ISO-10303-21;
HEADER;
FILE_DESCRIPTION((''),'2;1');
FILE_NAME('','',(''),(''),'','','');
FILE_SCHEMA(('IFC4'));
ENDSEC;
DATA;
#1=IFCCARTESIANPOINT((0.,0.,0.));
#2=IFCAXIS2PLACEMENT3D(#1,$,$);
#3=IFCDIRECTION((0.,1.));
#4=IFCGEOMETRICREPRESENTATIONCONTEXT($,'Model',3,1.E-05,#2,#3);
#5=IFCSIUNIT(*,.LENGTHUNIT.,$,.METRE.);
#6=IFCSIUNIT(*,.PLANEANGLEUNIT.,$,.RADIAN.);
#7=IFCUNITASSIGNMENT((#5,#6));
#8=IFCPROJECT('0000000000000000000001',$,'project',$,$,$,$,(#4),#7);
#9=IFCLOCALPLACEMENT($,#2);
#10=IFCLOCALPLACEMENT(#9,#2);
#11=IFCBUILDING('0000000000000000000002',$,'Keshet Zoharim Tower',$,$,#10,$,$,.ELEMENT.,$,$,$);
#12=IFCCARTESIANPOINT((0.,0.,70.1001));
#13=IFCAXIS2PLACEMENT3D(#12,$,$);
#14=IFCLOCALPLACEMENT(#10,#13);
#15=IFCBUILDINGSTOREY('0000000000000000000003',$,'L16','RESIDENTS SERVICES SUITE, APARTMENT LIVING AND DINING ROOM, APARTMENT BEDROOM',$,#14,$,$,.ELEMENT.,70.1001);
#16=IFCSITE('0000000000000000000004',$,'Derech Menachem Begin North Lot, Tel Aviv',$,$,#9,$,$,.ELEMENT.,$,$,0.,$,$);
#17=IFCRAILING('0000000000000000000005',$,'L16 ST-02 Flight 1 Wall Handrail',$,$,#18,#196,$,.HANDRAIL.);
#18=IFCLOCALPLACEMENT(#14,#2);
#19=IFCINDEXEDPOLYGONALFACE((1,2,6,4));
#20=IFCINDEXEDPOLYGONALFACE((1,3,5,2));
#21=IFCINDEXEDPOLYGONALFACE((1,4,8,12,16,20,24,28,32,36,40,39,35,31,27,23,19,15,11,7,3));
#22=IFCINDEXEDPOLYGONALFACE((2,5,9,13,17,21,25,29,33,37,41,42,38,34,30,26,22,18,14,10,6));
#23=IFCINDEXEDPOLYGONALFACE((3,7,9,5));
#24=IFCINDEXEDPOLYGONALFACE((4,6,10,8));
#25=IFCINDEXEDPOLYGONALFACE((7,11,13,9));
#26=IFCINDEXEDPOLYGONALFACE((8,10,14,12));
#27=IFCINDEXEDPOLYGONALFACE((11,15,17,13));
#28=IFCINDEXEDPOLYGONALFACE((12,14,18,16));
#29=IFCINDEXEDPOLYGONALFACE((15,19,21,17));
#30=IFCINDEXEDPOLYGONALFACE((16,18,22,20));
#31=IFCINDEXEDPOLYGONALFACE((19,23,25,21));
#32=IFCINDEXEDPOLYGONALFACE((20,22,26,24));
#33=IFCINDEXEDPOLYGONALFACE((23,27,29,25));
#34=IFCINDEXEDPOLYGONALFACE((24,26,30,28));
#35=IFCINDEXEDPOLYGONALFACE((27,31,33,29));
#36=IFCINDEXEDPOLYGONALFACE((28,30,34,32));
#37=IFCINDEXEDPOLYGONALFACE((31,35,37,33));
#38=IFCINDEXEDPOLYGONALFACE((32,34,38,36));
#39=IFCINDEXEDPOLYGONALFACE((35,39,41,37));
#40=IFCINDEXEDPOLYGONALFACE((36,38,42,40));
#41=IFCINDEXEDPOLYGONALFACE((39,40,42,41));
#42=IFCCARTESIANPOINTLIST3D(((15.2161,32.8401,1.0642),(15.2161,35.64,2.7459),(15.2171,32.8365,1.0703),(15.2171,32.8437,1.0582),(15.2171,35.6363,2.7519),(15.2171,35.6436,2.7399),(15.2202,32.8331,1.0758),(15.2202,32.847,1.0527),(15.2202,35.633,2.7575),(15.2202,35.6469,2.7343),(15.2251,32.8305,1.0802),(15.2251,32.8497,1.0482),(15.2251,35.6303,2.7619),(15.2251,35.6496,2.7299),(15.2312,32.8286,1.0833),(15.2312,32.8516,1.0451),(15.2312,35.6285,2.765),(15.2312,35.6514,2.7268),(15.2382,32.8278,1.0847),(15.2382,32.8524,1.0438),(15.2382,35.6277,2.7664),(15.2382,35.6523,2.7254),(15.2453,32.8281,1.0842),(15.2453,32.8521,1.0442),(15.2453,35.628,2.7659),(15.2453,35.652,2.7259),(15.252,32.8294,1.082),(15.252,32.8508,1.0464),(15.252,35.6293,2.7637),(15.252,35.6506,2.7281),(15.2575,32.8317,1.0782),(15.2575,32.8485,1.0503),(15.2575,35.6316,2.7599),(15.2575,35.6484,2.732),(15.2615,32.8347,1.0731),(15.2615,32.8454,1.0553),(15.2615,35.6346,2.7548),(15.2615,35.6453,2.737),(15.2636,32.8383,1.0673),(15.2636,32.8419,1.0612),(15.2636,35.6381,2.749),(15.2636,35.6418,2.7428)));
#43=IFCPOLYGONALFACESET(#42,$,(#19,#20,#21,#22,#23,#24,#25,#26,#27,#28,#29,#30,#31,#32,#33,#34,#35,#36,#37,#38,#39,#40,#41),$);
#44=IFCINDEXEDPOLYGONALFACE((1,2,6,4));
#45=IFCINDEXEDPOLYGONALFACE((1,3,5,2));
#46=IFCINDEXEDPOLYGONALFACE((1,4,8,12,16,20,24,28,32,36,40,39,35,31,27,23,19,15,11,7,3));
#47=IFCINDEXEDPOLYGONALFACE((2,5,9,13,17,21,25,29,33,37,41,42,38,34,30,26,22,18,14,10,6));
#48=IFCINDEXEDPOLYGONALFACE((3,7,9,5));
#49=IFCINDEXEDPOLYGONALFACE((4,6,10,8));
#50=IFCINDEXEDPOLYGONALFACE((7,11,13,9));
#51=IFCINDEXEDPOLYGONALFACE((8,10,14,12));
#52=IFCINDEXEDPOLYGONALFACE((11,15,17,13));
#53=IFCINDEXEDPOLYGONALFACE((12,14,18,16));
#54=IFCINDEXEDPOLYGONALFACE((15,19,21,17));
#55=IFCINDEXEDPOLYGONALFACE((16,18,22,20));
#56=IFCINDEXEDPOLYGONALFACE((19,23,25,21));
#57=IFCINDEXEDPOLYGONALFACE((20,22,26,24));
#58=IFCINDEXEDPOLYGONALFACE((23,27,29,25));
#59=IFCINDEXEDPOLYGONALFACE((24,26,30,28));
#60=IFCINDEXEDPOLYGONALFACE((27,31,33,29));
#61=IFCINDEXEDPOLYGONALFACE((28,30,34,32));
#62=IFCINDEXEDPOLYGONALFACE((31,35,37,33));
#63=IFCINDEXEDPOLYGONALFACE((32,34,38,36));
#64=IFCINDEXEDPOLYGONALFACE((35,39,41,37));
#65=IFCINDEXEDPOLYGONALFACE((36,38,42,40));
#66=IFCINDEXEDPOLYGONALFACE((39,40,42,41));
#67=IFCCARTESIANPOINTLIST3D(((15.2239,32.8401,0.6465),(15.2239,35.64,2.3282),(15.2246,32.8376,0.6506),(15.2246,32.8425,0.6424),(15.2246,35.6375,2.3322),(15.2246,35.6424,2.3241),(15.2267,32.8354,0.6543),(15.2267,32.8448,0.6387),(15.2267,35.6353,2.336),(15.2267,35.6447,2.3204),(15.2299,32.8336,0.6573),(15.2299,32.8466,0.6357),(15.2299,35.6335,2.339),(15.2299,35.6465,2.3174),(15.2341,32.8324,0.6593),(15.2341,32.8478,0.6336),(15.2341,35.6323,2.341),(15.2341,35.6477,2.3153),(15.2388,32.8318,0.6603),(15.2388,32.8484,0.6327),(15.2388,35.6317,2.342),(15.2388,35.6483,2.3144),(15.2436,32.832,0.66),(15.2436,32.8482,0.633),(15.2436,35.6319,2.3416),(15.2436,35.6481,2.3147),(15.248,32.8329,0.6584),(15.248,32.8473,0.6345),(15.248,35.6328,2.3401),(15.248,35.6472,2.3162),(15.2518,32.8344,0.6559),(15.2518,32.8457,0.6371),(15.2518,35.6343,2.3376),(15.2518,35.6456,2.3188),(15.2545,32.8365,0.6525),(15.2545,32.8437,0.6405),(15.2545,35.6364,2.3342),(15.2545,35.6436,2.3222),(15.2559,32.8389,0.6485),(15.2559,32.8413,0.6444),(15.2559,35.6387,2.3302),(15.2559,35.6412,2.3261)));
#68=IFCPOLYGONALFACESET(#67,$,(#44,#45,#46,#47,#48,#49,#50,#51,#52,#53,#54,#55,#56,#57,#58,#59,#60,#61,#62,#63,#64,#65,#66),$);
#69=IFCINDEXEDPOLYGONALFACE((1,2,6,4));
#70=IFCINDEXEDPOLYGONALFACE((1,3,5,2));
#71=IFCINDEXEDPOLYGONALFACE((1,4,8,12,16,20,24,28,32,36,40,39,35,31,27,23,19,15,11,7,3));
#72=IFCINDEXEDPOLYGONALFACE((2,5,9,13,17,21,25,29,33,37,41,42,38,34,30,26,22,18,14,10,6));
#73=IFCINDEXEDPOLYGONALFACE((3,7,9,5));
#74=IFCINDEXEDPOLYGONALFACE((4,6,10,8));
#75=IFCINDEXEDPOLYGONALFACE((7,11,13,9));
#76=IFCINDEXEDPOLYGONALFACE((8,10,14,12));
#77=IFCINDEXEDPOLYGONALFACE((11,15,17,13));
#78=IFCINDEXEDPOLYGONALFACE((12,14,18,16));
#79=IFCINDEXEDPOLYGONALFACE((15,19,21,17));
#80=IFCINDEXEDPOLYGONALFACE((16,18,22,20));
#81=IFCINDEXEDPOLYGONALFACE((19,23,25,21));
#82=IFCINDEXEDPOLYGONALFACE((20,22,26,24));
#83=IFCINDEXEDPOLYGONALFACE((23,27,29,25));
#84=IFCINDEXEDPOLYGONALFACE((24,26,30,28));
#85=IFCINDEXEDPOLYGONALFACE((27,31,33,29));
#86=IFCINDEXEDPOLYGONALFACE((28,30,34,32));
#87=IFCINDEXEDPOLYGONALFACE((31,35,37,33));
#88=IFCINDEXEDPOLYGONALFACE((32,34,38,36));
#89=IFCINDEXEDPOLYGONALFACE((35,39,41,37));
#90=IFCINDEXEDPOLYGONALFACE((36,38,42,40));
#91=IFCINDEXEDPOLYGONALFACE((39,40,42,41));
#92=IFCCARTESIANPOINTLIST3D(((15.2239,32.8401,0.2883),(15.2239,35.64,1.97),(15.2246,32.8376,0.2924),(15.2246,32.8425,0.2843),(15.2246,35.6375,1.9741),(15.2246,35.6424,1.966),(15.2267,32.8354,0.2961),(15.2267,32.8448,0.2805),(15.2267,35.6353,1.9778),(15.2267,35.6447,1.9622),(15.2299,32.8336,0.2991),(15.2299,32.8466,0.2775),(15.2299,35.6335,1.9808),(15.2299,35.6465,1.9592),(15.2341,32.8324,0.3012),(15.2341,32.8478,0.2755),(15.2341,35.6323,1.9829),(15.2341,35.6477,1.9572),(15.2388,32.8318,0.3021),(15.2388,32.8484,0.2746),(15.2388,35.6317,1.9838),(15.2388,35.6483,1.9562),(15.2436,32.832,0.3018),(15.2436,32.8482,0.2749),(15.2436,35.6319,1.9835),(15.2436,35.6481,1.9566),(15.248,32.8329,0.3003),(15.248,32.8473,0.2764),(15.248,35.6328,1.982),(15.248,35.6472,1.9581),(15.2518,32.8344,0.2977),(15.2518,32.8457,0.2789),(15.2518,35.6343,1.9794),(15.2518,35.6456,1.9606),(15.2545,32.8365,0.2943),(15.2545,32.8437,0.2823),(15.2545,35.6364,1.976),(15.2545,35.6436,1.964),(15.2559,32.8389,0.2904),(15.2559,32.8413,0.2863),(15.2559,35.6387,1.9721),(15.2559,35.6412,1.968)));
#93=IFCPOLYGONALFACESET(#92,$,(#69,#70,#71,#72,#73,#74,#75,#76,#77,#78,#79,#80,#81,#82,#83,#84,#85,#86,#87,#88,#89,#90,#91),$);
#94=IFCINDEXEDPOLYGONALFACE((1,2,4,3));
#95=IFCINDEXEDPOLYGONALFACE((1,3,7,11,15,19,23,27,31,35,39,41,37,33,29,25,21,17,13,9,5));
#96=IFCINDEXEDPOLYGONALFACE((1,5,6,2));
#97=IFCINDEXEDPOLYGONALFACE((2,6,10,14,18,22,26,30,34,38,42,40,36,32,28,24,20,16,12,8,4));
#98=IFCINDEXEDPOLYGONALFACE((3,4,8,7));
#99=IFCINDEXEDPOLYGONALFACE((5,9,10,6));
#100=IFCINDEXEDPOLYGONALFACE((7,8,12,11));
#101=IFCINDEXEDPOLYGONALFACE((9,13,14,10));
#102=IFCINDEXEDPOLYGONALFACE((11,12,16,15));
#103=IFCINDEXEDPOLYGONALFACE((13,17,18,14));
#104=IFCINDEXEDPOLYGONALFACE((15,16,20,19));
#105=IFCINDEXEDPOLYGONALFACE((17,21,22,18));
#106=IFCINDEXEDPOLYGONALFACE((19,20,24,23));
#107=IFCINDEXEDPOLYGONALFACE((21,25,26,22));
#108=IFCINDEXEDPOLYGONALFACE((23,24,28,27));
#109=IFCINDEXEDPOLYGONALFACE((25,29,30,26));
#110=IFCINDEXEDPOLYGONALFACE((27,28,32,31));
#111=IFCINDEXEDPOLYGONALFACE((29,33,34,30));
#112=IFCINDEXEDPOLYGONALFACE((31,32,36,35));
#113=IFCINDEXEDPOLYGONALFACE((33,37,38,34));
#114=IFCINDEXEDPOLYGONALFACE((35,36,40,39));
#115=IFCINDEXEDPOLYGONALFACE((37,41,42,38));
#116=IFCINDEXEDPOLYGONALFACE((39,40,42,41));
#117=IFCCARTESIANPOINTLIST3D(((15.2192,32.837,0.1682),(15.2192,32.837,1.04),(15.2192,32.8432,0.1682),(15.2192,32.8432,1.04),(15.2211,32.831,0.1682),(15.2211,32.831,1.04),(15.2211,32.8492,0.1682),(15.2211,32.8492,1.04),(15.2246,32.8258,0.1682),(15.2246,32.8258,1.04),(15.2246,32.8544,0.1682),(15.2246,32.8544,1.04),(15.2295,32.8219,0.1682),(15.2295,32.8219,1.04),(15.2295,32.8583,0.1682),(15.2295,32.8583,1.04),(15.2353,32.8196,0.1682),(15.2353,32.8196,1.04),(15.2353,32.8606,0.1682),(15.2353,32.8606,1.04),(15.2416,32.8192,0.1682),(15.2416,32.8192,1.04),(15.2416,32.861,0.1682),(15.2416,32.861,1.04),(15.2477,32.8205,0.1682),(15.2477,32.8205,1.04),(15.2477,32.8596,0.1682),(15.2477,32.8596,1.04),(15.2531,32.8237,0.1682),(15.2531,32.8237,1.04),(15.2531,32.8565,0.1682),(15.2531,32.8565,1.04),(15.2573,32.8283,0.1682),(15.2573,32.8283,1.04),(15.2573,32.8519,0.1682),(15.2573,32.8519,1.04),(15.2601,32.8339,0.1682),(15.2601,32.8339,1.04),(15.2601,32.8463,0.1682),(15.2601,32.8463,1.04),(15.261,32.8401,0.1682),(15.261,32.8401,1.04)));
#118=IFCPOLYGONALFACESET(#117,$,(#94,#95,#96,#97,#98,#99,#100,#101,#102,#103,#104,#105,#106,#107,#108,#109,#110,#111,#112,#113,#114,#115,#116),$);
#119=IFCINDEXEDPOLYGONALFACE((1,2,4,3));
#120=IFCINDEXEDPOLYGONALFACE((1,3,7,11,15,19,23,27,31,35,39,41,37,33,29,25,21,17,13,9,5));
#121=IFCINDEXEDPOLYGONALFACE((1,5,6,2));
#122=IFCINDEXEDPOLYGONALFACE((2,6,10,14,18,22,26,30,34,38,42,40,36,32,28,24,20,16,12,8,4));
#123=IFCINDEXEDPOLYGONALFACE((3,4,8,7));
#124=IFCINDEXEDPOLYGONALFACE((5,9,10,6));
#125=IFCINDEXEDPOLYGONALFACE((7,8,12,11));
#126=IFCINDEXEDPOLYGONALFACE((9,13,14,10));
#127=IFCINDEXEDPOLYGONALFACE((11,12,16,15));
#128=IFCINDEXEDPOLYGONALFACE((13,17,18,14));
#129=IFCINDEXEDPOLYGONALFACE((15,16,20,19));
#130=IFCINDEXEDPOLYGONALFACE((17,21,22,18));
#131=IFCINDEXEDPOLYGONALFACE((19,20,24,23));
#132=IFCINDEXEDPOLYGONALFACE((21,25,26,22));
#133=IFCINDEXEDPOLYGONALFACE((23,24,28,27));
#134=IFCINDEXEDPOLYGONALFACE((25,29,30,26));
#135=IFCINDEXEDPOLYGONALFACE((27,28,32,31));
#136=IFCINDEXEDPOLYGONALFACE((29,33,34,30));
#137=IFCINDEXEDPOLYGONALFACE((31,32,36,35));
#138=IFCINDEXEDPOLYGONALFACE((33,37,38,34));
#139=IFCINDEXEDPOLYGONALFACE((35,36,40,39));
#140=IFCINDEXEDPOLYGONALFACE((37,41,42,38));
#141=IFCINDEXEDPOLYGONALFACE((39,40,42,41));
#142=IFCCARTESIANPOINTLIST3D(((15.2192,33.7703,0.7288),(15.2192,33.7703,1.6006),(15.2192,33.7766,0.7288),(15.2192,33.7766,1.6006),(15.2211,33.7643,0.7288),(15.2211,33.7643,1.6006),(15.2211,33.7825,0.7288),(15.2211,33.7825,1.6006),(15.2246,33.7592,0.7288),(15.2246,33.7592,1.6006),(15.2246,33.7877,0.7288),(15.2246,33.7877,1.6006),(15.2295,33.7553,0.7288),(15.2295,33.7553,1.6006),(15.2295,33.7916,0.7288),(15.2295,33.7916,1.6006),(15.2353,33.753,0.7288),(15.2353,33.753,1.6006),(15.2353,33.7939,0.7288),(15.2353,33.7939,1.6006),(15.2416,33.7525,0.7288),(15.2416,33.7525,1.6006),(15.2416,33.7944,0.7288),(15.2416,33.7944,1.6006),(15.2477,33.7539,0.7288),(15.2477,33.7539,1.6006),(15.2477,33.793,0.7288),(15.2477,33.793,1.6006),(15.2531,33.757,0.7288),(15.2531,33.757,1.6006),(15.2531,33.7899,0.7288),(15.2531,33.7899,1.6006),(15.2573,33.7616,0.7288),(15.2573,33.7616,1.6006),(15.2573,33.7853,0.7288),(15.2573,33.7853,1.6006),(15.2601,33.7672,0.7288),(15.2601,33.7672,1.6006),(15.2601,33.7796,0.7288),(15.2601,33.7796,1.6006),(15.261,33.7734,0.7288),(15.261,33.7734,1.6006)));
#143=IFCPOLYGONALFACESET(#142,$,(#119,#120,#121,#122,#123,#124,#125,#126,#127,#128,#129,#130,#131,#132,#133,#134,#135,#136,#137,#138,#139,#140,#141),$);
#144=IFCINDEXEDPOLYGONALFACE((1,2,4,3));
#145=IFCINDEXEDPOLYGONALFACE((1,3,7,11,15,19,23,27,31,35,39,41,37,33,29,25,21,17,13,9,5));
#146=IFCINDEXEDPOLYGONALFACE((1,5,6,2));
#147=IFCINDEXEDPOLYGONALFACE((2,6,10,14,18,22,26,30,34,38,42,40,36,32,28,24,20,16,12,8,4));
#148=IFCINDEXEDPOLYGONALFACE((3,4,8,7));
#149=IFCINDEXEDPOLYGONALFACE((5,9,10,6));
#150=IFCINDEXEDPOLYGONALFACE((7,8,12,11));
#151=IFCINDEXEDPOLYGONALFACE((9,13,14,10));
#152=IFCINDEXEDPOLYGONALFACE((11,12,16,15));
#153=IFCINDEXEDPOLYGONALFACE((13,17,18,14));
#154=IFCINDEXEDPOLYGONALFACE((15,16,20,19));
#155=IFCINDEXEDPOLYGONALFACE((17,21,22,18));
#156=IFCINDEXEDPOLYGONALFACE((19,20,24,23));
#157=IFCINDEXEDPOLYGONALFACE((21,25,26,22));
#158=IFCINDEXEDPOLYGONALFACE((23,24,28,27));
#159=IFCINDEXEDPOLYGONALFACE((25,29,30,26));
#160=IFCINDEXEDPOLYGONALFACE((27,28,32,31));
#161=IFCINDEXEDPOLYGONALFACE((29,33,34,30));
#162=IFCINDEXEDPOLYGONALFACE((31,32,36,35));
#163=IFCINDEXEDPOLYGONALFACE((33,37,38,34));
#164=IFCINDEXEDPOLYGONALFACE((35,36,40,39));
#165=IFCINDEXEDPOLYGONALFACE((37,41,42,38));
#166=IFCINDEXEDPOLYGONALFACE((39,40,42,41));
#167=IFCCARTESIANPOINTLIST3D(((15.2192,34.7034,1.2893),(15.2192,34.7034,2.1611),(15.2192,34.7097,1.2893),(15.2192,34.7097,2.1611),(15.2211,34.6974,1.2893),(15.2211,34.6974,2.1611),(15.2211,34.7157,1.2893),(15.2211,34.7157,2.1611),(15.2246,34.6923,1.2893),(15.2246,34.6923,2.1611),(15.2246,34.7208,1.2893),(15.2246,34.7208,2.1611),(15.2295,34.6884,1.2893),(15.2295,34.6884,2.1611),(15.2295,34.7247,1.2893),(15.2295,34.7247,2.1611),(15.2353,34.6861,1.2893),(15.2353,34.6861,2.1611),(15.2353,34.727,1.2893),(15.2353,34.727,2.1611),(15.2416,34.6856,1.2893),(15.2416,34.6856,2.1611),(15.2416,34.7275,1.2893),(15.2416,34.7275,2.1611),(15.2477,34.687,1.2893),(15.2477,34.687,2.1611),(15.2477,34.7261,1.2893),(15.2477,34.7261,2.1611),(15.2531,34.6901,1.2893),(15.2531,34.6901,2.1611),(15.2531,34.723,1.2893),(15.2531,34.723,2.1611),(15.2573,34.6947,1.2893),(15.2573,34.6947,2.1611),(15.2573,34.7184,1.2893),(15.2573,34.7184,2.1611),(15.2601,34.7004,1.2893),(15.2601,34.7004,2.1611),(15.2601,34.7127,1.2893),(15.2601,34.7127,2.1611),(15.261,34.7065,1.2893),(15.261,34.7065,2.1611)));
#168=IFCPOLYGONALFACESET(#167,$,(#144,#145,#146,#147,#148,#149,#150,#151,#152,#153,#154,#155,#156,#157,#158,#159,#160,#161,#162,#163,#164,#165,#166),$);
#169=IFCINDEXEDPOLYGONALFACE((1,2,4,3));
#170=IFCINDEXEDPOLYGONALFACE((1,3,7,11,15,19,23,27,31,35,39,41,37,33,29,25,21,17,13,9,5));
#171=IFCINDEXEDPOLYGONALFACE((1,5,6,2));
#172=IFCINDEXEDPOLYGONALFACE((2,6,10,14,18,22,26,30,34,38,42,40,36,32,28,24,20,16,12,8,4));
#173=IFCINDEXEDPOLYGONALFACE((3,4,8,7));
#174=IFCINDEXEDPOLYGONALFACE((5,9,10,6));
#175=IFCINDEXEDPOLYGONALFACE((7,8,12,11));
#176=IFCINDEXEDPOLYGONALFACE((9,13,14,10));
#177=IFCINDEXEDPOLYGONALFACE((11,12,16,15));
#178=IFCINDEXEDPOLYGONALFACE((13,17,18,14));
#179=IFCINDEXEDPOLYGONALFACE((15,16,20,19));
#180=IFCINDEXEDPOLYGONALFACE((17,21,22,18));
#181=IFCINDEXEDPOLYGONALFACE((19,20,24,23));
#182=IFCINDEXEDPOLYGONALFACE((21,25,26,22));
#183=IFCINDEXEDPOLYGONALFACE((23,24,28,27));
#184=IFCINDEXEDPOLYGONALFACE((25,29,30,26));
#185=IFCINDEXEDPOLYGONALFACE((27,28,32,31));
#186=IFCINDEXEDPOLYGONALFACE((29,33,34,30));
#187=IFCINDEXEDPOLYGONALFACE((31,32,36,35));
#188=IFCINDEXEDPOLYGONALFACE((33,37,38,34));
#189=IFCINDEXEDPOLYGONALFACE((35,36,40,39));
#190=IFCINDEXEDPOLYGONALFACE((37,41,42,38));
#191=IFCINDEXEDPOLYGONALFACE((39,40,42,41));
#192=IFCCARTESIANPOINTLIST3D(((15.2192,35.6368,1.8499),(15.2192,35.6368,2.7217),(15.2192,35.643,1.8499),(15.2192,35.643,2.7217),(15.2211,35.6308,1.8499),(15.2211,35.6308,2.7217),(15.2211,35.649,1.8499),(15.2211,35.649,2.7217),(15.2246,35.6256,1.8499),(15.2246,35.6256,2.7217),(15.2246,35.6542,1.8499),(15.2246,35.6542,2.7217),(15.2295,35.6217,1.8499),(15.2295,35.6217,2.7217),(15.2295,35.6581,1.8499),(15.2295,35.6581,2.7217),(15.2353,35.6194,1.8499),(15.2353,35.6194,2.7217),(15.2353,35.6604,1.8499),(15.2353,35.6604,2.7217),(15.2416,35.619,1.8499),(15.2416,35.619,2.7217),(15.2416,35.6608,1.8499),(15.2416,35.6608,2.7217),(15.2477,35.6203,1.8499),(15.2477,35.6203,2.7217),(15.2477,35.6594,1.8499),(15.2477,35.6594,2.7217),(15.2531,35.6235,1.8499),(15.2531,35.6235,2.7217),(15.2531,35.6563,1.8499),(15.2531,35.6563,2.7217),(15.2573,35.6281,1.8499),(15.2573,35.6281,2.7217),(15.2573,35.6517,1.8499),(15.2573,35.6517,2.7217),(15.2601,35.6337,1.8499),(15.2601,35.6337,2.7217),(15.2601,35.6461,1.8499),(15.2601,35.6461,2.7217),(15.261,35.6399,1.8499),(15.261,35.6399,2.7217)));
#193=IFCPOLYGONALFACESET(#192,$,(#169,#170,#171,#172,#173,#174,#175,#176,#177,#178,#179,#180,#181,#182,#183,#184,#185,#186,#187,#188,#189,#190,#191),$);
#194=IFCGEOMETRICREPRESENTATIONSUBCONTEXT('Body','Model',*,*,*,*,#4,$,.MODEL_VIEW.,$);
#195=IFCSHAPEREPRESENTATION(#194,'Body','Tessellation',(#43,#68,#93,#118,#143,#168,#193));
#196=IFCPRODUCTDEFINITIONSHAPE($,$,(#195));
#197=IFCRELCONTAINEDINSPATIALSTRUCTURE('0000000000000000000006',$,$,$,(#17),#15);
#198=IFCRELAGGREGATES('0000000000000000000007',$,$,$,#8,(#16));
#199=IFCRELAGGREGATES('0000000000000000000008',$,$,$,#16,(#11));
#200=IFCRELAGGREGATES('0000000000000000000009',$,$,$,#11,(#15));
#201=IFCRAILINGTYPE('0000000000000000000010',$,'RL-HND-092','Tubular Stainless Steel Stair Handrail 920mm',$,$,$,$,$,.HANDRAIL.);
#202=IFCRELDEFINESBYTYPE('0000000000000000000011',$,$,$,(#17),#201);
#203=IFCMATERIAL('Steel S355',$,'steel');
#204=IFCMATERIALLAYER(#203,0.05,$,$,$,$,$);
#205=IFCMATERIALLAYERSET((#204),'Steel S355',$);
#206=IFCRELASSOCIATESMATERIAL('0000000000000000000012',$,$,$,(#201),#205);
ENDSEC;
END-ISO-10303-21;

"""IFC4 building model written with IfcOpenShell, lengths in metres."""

from ifc_helpers import new_model, si_unit, direction, frame, origin, origin_2d, place, context, subcontext, project, spatial, circle, extrude, material, layer, layer_set, type_object, element, save


model = new_model("IFC4")

# Units and contexts
model_context = context("Model", 3, precision=1e-05, world=origin(), true_north=direction((0.0, 1.0)))
body_context = subcontext(model_context, "Body", "Model", "MODEL_VIEW")
ifc_project = project(units=[si_unit("LENGTHUNIT", "METRE"), si_unit("PLANEANGLEUNIT", "RADIAN")], contexts=[model_context])

# Site, building, storey
site_placement = place(None, origin())
site = spatial("IfcSite", under=ifc_project, at=site_placement, Name="Derech Menachem Begin North Lot, Tel Aviv", CompositionType="ELEMENT", RefElevation=0.0)
building_placement = place(site_placement, origin())
building = spatial("IfcBuilding", under=site, at=building_placement, Name="Keshet Zoharim Tower", CompositionType="ELEMENT")
storey_placement = place(building_placement, frame((0.0, 0.0, 70.1001)))
storey = spatial("IfcBuildingStorey", under=building, at=storey_placement, Name="L16", Description="RESIDENTS SERVICES SUITE, APARTMENT LIVING AND DINING ROOM, APARTMENT BEDROOM", CompositionType="ELEMENT", Elevation=70.1001)

# Shared definitions
ifc_material_1 = material(Name="Steel S355", Category="steel")

# Railing
ifc_layer_1 = layer(ifc_material_1, 0.05)
ifc_layer_set_1 = layer_set([ifc_layer_1], Name="Steel S355")
railing_type_1 = type_object("IfcRailingType", Name="RL-HND-092", Description="Tubular Stainless Steel Stair Handrail 920mm", PredefinedType="HANDRAIL", material=ifc_layer_set_1)
railing_1_placement = place(storey_placement, frame((15.24, 32.8401, 0.1682)))
element("IfcRailing", 1, at=railing_1_placement, inside=storey, type_object=railing_type_1, Name="L16 ST-02 Flight 1 Wall Handrail", PredefinedType="HANDRAIL", context=body_context, shape_type="SweptSolid", body=[
    extrude(circle(Radius=0.0239, at=origin_2d()), frame((0.0, 0.0, 0.896), z_axis=(0.0, 0.857255, 0.514891), x_axis=(-1.0, 0.0, 0.0)), (0.0, 0.0, 1.0), 3.2661),
    extrude(circle(Radius=0.0161, at=origin_2d()), frame((0.0, 0.0, 0.4783), z_axis=(0.0, 0.857255, 0.514891), x_axis=(-1.0, 0.0, 0.0)), (0.0, 0.0, 1.0), 3.2661),
    extrude(circle(Radius=0.0161, at=origin_2d()), frame((0.0, 0.0, 0.1201), z_axis=(0.0, 0.857255, 0.514891), x_axis=(-1.0, 0.0, 0.0)), (0.0, 0.0, 1.0), 3.2661),
    extrude(circle(Radius=0.021, at=origin_2d()), origin(), (0.0, 0.0, 1.0), 0.8718),
    extrude(circle(Radius=0.021, at=origin_2d()), frame((0.0, 0.9333, 0.5605)), (0.0, 0.0, 1.0), 0.8718),
    extrude(circle(Radius=0.021, at=origin_2d()), frame((0.0, 1.8665, 1.1211)), (0.0, 0.0, 1.0), 0.8718),
    extrude(circle(Radius=0.021, at=origin_2d()), frame((0.0, 2.7998, 1.6816)), (0.0, 0.0, 1.0), 0.8718),
])

save(model, "model.ifc")
